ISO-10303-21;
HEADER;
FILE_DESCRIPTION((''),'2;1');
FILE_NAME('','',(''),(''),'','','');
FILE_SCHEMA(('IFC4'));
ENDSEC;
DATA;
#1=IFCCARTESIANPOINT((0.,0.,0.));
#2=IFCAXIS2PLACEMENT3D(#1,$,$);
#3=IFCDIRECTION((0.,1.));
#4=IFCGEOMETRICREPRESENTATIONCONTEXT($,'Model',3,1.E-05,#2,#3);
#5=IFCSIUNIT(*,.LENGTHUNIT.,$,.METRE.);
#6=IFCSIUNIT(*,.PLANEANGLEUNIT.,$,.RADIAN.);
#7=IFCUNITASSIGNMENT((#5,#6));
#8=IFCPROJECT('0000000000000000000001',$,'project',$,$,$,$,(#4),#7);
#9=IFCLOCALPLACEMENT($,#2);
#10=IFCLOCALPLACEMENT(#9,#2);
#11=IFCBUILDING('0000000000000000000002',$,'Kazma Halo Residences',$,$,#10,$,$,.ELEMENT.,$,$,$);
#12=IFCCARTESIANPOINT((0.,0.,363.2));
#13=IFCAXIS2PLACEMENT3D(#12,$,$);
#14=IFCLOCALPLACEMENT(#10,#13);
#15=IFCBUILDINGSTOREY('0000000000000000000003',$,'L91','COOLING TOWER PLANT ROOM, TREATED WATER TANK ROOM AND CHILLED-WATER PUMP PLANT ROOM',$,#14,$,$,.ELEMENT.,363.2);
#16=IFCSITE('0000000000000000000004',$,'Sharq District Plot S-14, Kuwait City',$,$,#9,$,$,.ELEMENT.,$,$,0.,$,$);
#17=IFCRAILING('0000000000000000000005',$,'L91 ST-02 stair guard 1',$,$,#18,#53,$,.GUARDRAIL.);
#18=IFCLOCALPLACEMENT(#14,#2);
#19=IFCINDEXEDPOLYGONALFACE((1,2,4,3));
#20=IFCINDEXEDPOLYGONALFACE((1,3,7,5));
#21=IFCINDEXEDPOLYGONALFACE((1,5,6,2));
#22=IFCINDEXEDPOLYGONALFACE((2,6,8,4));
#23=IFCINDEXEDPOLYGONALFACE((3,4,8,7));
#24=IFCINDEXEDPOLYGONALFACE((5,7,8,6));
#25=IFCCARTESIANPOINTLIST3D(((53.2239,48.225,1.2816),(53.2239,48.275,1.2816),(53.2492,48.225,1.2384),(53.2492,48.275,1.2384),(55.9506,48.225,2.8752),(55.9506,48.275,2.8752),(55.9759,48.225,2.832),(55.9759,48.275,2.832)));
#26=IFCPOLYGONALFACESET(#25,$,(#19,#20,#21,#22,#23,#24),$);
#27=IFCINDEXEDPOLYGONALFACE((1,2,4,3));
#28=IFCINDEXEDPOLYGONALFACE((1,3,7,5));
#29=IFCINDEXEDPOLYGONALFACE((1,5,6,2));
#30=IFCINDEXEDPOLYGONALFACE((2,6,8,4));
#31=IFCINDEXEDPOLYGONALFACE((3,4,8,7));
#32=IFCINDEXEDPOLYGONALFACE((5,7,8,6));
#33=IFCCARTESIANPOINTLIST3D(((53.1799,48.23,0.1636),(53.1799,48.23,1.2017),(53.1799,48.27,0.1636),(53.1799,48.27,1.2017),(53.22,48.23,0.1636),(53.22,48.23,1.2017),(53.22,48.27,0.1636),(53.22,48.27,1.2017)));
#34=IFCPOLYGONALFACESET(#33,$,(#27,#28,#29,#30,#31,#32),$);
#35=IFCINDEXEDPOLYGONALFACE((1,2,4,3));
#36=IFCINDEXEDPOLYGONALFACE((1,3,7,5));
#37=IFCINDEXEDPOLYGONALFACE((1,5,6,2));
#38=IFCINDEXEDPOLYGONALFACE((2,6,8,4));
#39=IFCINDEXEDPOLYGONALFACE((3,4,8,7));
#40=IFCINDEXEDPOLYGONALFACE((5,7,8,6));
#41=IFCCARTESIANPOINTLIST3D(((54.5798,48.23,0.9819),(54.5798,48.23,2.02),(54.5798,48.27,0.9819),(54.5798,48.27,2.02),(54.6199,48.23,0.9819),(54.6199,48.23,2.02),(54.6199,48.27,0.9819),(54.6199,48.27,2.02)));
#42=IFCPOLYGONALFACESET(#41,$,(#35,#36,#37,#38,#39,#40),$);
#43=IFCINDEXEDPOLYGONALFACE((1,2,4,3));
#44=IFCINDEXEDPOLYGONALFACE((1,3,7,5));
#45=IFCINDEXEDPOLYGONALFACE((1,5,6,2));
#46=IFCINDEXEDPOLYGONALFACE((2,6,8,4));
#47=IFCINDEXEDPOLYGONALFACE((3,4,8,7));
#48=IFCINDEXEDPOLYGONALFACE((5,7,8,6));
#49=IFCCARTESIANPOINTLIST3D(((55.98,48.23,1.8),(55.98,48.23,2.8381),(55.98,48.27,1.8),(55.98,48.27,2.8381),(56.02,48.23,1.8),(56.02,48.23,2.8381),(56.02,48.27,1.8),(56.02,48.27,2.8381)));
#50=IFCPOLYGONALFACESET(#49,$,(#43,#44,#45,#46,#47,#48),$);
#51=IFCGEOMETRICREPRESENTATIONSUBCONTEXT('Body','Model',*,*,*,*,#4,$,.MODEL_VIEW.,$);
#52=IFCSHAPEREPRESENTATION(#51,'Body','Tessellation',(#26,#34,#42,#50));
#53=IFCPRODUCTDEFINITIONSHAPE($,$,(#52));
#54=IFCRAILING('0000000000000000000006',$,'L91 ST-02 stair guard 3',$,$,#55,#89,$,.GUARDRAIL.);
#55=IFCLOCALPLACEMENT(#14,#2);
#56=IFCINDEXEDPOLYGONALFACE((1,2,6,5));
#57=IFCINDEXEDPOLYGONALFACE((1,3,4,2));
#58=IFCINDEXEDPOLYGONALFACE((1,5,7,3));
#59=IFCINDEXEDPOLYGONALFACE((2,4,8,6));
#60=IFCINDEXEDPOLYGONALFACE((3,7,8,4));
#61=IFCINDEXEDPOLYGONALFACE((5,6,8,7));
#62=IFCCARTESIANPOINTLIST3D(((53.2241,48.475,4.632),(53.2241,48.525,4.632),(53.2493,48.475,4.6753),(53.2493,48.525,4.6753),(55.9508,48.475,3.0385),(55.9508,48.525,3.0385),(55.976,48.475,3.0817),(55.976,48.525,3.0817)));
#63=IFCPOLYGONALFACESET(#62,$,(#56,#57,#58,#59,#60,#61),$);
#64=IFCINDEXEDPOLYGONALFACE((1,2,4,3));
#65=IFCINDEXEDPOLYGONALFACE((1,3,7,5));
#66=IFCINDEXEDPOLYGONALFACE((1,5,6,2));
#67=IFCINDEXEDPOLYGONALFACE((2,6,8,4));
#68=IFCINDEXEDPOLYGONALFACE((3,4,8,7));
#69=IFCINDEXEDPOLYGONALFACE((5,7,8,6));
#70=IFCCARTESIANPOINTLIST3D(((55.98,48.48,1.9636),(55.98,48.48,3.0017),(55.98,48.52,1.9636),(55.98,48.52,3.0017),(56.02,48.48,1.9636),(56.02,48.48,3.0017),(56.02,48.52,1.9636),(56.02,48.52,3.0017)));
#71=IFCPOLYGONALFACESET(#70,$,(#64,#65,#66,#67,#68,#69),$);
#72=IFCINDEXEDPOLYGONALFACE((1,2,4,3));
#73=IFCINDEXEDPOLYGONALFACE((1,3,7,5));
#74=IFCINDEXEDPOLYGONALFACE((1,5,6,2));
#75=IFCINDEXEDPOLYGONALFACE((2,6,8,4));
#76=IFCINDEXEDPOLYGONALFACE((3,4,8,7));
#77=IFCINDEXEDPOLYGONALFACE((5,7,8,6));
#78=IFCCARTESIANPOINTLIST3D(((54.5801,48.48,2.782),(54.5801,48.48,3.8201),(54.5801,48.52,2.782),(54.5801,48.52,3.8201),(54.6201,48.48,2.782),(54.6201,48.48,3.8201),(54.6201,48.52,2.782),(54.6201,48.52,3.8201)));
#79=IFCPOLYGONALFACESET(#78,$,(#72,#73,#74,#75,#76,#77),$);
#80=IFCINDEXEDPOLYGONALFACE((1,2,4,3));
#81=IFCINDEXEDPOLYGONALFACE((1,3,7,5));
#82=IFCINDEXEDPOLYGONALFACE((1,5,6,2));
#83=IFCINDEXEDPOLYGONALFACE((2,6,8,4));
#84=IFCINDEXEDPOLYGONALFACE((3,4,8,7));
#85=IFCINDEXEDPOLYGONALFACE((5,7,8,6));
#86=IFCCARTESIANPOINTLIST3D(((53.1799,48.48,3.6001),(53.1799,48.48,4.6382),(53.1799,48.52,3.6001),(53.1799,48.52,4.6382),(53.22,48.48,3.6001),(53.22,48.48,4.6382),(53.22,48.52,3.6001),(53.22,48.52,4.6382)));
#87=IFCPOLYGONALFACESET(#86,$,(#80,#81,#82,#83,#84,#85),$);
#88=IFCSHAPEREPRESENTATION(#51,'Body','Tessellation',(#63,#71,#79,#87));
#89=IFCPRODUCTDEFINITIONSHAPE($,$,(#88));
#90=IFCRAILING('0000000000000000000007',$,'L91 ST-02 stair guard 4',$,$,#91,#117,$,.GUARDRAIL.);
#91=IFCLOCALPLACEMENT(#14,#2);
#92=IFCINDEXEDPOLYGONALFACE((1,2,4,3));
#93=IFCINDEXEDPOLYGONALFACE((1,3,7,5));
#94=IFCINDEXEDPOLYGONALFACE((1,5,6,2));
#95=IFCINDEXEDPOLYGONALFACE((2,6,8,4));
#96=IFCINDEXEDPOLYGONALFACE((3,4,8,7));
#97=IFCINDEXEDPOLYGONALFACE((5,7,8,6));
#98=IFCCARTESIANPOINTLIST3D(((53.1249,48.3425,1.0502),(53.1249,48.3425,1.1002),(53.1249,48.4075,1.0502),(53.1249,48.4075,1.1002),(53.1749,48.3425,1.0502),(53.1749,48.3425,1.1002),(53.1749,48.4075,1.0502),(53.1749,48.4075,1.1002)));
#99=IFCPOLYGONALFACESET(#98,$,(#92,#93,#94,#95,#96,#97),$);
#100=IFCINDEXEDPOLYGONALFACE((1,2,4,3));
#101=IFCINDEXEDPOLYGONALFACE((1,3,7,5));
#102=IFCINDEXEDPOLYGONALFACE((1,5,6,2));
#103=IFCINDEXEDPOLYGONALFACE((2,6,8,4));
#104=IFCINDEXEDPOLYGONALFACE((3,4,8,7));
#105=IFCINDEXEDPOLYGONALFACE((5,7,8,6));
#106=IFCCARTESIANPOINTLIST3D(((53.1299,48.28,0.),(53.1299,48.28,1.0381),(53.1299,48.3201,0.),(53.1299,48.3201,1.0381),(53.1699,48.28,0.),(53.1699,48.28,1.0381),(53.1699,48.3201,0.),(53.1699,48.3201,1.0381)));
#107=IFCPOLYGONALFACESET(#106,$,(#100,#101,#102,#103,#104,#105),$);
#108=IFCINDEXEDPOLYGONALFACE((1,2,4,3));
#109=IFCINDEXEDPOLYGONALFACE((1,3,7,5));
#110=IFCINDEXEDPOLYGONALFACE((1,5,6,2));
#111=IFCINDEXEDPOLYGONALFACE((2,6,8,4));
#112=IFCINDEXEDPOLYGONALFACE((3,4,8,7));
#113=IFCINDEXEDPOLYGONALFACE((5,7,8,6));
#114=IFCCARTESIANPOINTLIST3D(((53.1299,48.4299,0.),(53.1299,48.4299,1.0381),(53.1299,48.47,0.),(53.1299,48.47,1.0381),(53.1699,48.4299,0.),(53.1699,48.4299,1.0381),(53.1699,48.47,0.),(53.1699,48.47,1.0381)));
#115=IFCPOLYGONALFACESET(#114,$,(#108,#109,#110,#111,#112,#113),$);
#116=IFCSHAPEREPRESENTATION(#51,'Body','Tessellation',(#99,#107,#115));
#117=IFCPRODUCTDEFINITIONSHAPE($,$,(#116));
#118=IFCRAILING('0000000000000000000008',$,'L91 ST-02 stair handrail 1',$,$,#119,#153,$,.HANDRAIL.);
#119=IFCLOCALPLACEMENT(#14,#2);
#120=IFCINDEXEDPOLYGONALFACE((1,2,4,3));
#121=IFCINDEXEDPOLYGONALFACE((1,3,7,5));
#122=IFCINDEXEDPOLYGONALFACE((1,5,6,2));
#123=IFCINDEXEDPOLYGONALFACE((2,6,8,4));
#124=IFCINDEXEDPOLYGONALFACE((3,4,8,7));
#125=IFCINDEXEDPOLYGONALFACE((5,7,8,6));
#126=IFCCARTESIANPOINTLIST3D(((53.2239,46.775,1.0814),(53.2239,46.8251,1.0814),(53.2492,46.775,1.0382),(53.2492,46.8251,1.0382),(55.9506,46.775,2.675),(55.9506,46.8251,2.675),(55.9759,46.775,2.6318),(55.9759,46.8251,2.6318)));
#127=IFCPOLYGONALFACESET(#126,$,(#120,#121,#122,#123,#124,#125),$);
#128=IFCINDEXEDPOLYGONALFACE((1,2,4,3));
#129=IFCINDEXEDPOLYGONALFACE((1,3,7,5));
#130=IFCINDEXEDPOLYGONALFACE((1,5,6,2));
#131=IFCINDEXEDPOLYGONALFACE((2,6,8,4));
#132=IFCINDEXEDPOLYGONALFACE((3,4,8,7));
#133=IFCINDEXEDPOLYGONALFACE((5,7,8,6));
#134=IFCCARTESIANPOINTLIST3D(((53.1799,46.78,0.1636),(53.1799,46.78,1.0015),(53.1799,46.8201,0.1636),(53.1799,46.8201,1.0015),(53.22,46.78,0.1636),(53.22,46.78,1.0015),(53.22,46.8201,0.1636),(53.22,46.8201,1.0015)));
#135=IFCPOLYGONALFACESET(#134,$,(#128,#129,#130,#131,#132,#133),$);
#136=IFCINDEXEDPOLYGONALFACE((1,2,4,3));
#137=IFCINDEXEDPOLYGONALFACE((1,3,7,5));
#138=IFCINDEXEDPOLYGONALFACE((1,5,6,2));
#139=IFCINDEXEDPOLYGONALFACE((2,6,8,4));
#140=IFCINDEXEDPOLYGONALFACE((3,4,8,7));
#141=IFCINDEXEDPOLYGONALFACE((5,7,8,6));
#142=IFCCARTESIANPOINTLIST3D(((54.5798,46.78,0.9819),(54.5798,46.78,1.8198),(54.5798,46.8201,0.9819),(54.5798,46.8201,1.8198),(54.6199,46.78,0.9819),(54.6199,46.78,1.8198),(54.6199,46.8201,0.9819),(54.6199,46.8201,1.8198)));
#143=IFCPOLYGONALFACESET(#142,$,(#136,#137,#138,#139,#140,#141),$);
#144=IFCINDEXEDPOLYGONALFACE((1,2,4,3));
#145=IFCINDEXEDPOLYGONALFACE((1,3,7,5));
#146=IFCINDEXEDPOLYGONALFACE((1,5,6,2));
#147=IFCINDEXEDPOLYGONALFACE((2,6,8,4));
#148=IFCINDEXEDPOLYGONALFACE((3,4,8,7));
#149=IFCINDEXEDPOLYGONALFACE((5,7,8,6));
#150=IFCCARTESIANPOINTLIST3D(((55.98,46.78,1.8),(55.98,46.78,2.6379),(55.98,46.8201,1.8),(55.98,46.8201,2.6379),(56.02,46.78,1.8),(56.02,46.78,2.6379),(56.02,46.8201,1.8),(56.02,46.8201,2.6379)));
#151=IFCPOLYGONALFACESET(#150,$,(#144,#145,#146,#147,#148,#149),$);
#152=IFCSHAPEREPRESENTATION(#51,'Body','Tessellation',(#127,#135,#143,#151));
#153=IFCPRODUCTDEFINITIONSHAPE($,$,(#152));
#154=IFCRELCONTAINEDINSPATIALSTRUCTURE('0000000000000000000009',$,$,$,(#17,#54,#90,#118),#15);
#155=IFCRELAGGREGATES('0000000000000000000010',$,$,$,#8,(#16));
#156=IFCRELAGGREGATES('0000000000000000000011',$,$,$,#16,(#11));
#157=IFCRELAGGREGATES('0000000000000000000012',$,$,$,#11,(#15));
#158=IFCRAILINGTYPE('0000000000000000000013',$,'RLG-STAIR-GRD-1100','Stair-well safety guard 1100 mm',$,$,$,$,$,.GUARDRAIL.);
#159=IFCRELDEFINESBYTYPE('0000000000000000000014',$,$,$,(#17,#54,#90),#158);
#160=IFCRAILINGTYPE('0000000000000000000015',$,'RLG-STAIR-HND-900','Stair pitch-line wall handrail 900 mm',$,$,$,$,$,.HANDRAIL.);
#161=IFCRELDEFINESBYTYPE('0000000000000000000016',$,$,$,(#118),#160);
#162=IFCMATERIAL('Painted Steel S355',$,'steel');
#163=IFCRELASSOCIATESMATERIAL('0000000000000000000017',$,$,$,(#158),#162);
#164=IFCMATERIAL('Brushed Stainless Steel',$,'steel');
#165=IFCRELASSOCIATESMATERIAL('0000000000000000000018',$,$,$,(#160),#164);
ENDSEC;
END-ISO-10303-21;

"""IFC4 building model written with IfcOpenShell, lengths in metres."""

from ifc_helpers import new_model, si_unit, direction, frame, origin, origin_2d, place, context, subcontext, project, spatial, rectangle, extrude, material, type_object, element, save


model = new_model("IFC4")

# Units and contexts
model_context = context("Model", 3, precision=1e-05, world=origin(), true_north=direction((0.0, 1.0)))
body_context = subcontext(model_context, "Body", "Model", "MODEL_VIEW")
ifc_project = project(units=[si_unit("LENGTHUNIT", "METRE"), si_unit("PLANEANGLEUNIT", "RADIAN")], contexts=[model_context])

# Site, building, storey
site_placement = place(None, origin())
site = spatial("IfcSite", under=ifc_project, at=site_placement, Name="Sharq District Plot S-14, Kuwait City", CompositionType="ELEMENT", RefElevation=0.0)
building_placement = place(site_placement, origin())
building = spatial("IfcBuilding", under=site, at=building_placement, Name="Kazma Halo Residences", CompositionType="ELEMENT")
storey_placement = place(building_placement, frame((0.0, 0.0, 363.2)))
storey = spatial("IfcBuildingStorey", under=building, at=storey_placement, Name="L91", Description="COOLING TOWER PLANT ROOM, TREATED WATER TANK ROOM AND CHILLED-WATER PUMP PLANT ROOM", CompositionType="ELEMENT", Elevation=363.2)

# Railings
ifc_material_1 = material(Name="Painted Steel S355", Category="steel")
railing_type_1 = type_object("IfcRailingType", Name="RLG-STAIR-GRD-1100", Description="Stair-well safety guard 1100 mm", PredefinedType="GUARDRAIL", material=ifc_material_1)
railing_1_placement = place(storey_placement, frame((53.2, 48.25, 0.1636)))
element("IfcRailing", 1, at=railing_1_placement, inside=storey, type_object=railing_type_1, Name="L91 ST-02 stair guard 1", PredefinedType="GUARDRAIL", context=body_context, shape_type="SweptSolid", body=[
    extrude(rectangle(XDim=0.05, YDim=0.05, at=origin_2d()), frame((0.0366, 0.0, 1.0964), z_axis=(0.863361, 0.0, 0.504587), x_axis=(0.0, 1.0, 0.0)), (0.0, 0.0, 1.0), 3.1582),
    extrude(rectangle(XDim=0.04, YDim=0.04, at=origin_2d()), origin(), (0.0, 0.0, 1.0), 1.0381),
    extrude(rectangle(XDim=0.04, YDim=0.04, at=origin_2d()), frame((1.3999, 0.0, 0.8184)), (0.0, 0.0, 1.0), 1.0381),
    extrude(rectangle(XDim=0.04, YDim=0.04, at=origin_2d()), frame((2.8, 0.0, 1.6365)), (0.0, 0.0, 1.0), 1.0381),
])
railing_2_placement = place(storey_placement, frame((56.0, 48.5, 1.9636)))
element("IfcRailing", 2, at=railing_2_placement, inside=storey, type_object=railing_type_1, Name="L91 ST-02 stair guard 3", PredefinedType="GUARDRAIL", context=body_context, shape_type="SweptSolid", body=[
    extrude(rectangle(XDim=0.05, YDim=0.05, at=origin_2d()), frame((-0.0366, 0.0, 1.0964), z_axis=(-0.863361, 0.0, 0.504587), x_axis=(0.0, -1.0, 0.0)), (0.0, 0.0, 1.0), 3.1582),
    extrude(rectangle(XDim=0.04, YDim=0.04, at=origin_2d()), origin(), (0.0, 0.0, 1.0), 1.0381),
    extrude(rectangle(XDim=0.04, YDim=0.04, at=origin_2d()), frame((-1.3999, 0.0, 0.8184)), (0.0, 0.0, 1.0), 1.0381),
    extrude(rectangle(XDim=0.04, YDim=0.04, at=origin_2d()), frame((-2.8, 0.0, 1.6365)), (0.0, 0.0, 1.0), 1.0381),
])
railing_3_placement = place(storey_placement, frame((53.1499, 48.3, 0.0)))
element("IfcRailing", 3, at=railing_3_placement, inside=storey, type_object=railing_type_1, Name="L91 ST-02 stair guard 4", PredefinedType="GUARDRAIL", context=body_context, shape_type="SweptSolid", body=[
    extrude(rectangle(XDim=0.05, YDim=0.05, at=origin_2d()), frame((0.0, 0.0425, 1.0752), z_axis=(0.0, 1.0, 0.0), x_axis=(-1.0, 0.0, 0.0)), (0.0, 0.0, 1.0), 0.0649),
    extrude(rectangle(XDim=0.04, YDim=0.04, at=origin_2d()), origin(), (0.0, 0.0, 1.0), 1.0381),
    extrude(rectangle(XDim=0.04, YDim=0.04, at=origin_2d()), frame((0.0, 0.1499, 0.0)), (0.0, 0.0, 1.0), 1.0381),
])
ifc_material_2 = material(Name="Brushed Stainless Steel", Category="steel")
railing_type_2 = type_object("IfcRailingType", Name="RLG-STAIR-HND-900", Description="Stair pitch-line wall handrail 900 mm", PredefinedType="HANDRAIL", material=ifc_material_2)
railing_4_placement = place(storey_placement, frame((53.2, 46.8, 0.1636)))
element("IfcRailing", 4, at=railing_4_placement, inside=storey, type_object=railing_type_2, Name="L91 ST-02 stair handrail 1", PredefinedType="HANDRAIL", context=body_context, shape_type="SweptSolid", body=[
    extrude(rectangle(XDim=0.05, YDim=0.05, at=origin_2d()), frame((0.0366, 0.0, 0.8962), z_axis=(0.863361, 0.0, 0.504587), x_axis=(0.0, 1.0, 0.0)), (0.0, 0.0, 1.0), 3.1582),
    extrude(rectangle(XDim=0.04, YDim=0.04, at=origin_2d()), origin(), (0.0, 0.0, 1.0), 0.8379),
    extrude(rectangle(XDim=0.04, YDim=0.04, at=origin_2d()), frame((1.3999, 0.0, 0.8184)), (0.0, 0.0, 1.0), 0.8379),
    extrude(rectangle(XDim=0.04, YDim=0.04, at=origin_2d()), frame((2.8, 0.0, 1.6365)), (0.0, 0.0, 1.0), 0.8379),
])

save(model, "model.ifc")
